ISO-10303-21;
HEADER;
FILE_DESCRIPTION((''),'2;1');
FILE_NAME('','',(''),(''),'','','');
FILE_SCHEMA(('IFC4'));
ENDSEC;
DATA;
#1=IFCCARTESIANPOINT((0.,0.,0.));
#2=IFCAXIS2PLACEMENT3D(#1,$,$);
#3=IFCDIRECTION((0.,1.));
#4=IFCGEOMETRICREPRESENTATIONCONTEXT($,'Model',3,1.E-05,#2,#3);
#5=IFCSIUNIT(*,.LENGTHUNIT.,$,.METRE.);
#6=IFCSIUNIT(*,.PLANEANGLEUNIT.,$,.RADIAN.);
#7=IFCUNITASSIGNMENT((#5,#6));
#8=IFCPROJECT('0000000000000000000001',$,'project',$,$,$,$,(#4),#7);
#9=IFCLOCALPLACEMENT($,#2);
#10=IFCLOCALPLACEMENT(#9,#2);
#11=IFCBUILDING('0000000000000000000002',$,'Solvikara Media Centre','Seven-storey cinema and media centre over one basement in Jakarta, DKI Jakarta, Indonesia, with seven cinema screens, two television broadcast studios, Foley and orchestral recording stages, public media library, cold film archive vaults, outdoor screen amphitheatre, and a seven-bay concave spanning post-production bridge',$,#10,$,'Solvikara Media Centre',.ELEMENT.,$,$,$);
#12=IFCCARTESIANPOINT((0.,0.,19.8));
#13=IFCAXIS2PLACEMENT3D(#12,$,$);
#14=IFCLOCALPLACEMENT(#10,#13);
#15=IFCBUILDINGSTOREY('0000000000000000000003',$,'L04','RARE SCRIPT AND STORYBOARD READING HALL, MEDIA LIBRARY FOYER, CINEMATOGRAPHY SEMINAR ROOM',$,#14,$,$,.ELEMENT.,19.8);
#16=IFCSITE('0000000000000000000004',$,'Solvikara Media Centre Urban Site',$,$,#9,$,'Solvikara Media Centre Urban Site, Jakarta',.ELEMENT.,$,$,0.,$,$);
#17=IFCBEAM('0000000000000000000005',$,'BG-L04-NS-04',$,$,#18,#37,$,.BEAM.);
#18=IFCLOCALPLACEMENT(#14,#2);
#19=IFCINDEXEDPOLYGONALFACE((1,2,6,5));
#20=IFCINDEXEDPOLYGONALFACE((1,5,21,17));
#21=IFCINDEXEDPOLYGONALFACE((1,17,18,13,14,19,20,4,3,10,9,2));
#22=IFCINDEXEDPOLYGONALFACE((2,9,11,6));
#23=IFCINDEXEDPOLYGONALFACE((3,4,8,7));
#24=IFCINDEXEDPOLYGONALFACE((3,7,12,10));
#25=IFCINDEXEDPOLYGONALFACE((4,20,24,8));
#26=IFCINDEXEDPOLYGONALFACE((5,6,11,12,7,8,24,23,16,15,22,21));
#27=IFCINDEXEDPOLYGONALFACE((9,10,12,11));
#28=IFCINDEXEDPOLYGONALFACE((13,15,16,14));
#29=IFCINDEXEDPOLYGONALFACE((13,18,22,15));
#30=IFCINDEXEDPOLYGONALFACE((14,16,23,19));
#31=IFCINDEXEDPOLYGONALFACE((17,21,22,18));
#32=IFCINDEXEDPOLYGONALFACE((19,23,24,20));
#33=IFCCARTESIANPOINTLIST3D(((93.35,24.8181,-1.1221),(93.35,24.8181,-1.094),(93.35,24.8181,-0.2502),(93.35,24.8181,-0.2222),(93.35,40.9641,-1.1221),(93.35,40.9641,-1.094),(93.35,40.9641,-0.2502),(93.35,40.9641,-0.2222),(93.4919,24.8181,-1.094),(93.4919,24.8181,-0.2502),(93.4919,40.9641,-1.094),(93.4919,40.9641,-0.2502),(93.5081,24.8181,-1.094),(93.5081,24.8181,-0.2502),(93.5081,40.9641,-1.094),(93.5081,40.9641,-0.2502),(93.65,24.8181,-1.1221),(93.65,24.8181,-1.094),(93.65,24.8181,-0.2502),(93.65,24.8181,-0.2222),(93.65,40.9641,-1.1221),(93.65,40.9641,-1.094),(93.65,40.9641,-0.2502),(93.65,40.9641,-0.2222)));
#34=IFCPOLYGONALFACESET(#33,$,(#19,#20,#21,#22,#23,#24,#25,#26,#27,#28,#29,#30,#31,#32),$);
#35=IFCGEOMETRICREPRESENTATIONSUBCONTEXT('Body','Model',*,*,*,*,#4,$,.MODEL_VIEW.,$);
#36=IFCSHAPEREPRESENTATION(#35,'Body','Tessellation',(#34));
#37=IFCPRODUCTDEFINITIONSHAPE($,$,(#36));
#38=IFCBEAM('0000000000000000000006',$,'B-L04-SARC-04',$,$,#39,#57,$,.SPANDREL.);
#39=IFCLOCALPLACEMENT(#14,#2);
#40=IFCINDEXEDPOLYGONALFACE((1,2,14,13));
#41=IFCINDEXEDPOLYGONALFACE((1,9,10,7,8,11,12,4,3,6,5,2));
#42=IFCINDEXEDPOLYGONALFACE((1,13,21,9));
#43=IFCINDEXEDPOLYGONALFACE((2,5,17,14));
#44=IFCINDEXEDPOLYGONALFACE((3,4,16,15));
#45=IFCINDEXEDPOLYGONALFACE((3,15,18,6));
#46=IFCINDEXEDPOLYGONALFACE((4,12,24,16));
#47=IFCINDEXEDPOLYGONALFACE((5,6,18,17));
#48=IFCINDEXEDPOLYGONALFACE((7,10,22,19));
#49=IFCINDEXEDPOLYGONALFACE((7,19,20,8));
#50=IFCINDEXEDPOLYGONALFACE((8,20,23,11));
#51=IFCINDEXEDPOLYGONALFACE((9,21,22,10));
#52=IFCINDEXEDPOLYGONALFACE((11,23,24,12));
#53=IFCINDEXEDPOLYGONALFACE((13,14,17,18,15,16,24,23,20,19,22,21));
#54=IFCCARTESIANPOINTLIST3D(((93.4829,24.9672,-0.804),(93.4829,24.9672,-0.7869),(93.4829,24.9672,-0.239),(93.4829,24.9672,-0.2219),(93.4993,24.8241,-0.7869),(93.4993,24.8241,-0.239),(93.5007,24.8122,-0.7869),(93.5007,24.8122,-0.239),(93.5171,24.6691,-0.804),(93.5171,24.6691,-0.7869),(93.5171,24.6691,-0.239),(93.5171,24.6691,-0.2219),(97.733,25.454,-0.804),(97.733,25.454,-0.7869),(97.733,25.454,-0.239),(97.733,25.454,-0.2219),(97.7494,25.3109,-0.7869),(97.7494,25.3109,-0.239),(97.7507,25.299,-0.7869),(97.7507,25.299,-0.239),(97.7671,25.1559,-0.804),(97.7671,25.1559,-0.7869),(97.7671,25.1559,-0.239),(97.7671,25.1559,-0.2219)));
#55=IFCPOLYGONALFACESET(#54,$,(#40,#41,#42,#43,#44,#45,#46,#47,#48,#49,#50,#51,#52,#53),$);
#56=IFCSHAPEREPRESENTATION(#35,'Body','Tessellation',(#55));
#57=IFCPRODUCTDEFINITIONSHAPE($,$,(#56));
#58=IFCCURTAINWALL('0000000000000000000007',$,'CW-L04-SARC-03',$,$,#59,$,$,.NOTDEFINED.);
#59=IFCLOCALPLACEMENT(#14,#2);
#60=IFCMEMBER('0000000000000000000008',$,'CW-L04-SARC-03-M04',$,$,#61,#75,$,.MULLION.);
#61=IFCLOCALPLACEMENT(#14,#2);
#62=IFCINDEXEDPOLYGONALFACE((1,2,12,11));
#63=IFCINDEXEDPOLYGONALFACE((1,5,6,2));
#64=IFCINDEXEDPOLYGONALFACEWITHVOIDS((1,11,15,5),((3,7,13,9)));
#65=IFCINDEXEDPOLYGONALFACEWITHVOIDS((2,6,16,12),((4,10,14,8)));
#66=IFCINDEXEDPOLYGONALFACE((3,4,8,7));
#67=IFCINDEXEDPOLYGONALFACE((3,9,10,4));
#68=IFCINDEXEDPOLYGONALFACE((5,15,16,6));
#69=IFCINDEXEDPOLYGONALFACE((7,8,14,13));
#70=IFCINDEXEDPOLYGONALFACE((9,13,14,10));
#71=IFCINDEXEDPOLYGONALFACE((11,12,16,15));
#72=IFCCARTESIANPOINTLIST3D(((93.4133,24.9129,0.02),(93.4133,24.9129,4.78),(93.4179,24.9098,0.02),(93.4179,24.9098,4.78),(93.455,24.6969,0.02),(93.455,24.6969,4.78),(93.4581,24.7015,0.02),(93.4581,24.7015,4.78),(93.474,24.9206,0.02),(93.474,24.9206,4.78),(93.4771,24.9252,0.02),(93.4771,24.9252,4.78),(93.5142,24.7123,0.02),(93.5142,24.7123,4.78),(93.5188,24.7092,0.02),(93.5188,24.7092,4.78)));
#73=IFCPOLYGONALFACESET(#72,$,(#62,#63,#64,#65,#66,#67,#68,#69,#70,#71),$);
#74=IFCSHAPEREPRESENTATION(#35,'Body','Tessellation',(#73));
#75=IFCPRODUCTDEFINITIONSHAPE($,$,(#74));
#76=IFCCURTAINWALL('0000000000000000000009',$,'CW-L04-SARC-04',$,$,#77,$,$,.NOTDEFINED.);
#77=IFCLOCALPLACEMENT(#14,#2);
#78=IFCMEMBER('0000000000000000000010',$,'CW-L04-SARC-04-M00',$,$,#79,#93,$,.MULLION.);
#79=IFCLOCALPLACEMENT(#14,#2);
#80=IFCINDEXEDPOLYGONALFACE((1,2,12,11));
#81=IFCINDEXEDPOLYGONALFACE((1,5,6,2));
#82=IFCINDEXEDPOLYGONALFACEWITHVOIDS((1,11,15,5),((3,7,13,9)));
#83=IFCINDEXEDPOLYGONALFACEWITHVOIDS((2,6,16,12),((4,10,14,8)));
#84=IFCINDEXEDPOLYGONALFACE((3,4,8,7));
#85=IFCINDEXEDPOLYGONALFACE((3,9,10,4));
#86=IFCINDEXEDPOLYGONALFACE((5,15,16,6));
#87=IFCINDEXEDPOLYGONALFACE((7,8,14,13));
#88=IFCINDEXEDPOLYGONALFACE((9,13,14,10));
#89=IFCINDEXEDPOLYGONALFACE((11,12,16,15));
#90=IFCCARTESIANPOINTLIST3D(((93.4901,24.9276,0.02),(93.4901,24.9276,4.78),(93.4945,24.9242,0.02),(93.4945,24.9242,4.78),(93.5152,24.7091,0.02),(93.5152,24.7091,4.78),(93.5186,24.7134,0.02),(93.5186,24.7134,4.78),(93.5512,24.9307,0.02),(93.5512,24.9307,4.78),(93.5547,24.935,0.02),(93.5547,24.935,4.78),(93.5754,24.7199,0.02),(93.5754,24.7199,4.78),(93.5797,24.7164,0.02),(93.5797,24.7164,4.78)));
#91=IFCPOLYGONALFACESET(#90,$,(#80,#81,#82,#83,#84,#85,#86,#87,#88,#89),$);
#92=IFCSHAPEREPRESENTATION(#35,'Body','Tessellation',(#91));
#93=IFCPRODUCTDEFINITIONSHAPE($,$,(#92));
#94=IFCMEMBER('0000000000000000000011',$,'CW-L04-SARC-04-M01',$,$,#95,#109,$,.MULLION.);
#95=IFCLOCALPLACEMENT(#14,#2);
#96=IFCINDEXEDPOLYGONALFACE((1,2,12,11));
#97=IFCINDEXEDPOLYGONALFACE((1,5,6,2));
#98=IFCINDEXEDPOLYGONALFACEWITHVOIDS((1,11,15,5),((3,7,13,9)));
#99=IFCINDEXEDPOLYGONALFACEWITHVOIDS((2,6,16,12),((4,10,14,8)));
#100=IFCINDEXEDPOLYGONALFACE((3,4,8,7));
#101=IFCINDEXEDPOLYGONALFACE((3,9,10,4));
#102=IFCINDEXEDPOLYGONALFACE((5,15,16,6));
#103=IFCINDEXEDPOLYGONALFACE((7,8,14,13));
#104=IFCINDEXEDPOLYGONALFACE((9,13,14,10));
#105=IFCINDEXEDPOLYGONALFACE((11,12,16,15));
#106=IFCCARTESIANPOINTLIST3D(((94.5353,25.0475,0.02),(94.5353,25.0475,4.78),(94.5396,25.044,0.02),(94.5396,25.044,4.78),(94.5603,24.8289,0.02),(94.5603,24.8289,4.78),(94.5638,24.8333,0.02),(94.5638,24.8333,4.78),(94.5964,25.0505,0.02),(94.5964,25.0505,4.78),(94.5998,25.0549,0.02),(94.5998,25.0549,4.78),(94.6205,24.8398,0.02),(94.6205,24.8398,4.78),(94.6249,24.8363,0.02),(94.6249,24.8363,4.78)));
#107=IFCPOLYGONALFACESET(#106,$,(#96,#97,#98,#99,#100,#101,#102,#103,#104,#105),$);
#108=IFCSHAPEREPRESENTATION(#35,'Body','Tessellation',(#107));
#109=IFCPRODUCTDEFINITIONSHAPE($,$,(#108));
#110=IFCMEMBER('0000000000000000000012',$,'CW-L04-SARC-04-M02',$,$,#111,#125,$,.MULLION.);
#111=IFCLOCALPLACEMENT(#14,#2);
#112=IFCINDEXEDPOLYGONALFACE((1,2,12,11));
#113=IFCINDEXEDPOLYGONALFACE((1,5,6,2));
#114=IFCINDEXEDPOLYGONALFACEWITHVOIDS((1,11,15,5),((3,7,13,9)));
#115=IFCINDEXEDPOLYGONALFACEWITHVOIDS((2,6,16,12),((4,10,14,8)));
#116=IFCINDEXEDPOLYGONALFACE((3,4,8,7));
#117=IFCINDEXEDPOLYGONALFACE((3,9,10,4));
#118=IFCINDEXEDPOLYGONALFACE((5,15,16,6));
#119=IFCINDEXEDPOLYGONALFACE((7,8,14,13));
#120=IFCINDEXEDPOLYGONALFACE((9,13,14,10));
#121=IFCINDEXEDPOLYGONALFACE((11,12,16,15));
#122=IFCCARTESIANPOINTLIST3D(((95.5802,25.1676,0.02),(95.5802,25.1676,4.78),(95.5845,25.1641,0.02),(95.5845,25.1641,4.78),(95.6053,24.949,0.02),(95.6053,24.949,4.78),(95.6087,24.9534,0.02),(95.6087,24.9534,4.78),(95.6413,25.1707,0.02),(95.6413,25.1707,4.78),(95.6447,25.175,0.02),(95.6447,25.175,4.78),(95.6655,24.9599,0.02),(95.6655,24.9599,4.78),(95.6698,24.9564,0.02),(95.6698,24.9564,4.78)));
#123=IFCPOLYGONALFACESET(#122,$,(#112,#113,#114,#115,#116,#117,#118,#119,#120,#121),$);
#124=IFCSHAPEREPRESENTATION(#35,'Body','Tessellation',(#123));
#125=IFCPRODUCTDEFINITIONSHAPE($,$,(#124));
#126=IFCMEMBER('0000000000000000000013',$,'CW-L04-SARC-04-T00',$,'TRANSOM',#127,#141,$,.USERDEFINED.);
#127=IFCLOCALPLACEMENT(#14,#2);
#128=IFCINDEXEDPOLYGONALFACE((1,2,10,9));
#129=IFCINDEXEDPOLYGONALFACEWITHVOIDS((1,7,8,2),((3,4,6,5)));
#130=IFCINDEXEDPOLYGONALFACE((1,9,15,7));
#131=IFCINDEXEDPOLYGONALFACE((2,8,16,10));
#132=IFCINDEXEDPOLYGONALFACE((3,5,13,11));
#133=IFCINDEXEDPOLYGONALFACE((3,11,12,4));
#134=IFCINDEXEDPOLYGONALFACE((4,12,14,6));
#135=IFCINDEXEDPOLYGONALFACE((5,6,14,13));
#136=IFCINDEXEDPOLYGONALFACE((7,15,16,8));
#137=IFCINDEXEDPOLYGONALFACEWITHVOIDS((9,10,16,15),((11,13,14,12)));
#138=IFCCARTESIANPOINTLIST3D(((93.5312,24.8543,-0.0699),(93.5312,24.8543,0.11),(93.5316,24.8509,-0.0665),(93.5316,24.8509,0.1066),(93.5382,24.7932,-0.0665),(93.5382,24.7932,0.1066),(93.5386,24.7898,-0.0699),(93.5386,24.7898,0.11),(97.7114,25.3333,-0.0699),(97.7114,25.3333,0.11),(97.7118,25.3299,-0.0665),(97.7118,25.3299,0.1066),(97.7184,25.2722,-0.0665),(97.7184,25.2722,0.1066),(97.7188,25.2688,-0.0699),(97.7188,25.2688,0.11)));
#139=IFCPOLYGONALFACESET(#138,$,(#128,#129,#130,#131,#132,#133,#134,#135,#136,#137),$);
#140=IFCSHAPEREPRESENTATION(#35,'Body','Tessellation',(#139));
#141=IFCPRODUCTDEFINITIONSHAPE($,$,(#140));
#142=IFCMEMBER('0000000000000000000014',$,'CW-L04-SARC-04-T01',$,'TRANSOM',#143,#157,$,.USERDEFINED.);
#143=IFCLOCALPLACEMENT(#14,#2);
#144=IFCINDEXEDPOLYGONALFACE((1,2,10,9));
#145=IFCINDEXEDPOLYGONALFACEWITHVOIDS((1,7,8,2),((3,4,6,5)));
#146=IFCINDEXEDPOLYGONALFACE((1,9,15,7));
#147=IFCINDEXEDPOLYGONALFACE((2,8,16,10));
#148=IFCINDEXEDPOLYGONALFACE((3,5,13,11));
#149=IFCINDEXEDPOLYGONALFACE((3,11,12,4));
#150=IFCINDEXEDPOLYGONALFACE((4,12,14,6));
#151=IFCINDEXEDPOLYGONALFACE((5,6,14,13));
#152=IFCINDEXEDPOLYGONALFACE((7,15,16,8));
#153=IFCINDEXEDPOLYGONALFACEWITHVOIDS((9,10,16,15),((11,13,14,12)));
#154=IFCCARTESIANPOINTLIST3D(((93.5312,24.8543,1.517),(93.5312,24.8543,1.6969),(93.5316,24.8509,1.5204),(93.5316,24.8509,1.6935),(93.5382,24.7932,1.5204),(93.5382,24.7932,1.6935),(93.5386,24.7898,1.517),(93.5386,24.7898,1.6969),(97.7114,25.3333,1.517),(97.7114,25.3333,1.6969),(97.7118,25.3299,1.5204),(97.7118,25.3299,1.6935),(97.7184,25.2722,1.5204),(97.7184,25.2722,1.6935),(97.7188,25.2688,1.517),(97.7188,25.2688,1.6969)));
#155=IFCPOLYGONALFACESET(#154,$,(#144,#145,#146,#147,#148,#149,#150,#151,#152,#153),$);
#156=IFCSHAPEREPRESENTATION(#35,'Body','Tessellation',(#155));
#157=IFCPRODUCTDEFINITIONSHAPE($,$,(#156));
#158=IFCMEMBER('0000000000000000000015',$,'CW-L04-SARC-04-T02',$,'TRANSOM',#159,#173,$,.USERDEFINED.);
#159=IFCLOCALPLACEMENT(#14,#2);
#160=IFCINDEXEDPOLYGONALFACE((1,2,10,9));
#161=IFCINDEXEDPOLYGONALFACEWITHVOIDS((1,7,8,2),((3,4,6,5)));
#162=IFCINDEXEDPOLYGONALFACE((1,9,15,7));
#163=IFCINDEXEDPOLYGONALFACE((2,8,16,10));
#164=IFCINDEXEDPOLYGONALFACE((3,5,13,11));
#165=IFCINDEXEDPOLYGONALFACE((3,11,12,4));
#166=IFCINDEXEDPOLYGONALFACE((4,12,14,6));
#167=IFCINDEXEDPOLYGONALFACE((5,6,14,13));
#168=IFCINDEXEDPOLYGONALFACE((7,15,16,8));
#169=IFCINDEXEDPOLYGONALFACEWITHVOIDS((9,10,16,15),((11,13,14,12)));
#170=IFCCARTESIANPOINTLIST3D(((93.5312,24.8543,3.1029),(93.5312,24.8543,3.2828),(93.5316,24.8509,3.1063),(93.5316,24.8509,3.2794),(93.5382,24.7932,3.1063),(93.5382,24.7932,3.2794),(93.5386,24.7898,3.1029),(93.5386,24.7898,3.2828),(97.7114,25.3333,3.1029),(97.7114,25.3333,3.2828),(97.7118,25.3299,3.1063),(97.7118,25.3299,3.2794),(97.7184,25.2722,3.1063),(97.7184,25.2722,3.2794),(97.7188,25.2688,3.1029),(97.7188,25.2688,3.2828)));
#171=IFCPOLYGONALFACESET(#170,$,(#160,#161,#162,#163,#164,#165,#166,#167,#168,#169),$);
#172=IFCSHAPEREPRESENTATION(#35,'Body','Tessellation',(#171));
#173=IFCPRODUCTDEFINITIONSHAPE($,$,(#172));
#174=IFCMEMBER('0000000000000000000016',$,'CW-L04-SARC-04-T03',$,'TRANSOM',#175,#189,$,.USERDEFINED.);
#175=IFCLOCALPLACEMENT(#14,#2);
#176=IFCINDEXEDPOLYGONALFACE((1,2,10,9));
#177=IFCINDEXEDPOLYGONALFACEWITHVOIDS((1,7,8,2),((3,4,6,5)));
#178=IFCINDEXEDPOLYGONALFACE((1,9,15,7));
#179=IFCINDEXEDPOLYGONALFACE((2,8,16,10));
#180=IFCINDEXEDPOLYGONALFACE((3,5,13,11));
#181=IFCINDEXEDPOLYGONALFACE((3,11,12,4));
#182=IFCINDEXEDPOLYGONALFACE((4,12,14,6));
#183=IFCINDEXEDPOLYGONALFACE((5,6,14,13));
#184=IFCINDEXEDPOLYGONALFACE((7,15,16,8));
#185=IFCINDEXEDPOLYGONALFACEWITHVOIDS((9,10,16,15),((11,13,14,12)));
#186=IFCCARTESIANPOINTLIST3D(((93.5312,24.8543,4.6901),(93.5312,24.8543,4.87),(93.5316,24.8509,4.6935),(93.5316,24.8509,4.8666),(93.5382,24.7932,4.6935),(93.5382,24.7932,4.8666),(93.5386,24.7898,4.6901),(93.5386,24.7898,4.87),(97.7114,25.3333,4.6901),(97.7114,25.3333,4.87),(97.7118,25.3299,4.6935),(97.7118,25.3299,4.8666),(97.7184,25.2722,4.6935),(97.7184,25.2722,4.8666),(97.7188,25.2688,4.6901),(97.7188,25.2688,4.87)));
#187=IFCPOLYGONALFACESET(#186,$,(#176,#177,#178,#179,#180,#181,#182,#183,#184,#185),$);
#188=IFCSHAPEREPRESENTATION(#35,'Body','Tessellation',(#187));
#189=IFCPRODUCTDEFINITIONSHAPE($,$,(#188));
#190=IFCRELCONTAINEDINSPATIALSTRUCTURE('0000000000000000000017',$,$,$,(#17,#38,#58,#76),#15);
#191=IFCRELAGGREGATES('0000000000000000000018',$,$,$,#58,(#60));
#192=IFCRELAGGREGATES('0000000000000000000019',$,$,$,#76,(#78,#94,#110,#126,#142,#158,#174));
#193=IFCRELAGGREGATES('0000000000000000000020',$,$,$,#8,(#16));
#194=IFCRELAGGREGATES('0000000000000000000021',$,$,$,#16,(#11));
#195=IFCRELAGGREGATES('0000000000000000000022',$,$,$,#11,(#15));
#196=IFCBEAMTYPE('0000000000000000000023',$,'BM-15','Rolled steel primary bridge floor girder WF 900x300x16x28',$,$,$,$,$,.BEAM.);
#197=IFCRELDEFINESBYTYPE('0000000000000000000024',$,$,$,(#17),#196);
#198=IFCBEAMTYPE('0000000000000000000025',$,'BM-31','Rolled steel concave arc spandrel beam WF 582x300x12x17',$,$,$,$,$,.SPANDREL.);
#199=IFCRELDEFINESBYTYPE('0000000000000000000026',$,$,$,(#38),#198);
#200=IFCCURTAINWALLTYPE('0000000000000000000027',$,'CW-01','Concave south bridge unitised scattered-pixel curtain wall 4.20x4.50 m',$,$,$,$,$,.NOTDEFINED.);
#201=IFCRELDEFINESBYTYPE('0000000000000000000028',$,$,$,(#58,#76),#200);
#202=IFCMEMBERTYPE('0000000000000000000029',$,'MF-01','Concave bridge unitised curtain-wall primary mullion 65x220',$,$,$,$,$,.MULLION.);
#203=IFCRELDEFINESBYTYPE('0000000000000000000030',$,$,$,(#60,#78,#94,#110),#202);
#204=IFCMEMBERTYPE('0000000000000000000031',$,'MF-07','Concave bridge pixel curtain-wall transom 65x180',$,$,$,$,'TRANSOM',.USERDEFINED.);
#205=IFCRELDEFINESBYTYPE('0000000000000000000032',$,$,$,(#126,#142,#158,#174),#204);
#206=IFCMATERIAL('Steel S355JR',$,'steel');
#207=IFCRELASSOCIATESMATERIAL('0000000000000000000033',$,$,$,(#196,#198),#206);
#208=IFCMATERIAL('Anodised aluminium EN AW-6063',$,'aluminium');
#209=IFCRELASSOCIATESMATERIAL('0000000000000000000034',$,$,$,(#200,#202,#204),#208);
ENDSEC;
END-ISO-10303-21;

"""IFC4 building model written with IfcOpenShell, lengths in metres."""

from ifc_helpers import new_model, si_unit, direction, frame, origin, origin_2d, place, context, subcontext, project, spatial, hollow_rectangle, i_section, extrude, material, material_profile, profile_set, type_object, element, aggregate, save


model = new_model("IFC4")

# Units and contexts
model_context = context("Model", 3, precision=1e-05, world=origin(), true_north=direction((0.0, 1.0)))
body_context = subcontext(model_context, "Body", "Model", "MODEL_VIEW")
ifc_project = project(units=[si_unit("LENGTHUNIT", "METRE"), si_unit("PLANEANGLEUNIT", "RADIAN")], contexts=[model_context])

# Site, building, storey
site_placement = place(None, origin())
site = spatial("IfcSite", under=ifc_project, at=site_placement, Name="Solvikara Media Centre Urban Site", LongName="Solvikara Media Centre Urban Site, Jakarta", CompositionType="ELEMENT", RefElevation=0.0)
building_placement = place(site_placement, origin())
building = spatial("IfcBuilding", under=site, at=building_placement, Name="Solvikara Media Centre", Description="Seven-storey cinema and media centre over one basement in Jakarta, DKI Jakarta, Indonesia, with seven cinema screens, two television broadcast studios, Foley and orchestral recording stages, public media library, cold film archive vaults, outdoor screen amphitheatre, and a seven-bay concave spanning post-production bridge", LongName="Solvikara Media Centre", CompositionType="ELEMENT")
storey_placement = place(building_placement, frame((0.0, 0.0, 19.8)))
storey = spatial("IfcBuildingStorey", under=building, at=storey_placement, Name="L04", Description="RARE SCRIPT AND STORYBOARD READING HALL, MEDIA LIBRARY FOYER, CINEMATOGRAPHY SEMINAR ROOM", CompositionType="ELEMENT", Elevation=19.8)

# Beams
ifc_material_1 = material(Name="Steel S355JR", Category="steel")
ifc_material_profile_1 = material_profile(ifc_material_1, i_section(OverallWidth=0.3, OverallDepth=0.8999, WebThickness=0.0161, FlangeThickness=0.0281, at=origin_2d()), Name="WF 900x300x16x28")
ifc_profile_set_1 = profile_set([ifc_material_profile_1], Name="Steel S355JR")
beam_type_1 = type_object("IfcBeamType", Name="BM-15", Description="Rolled steel primary bridge floor girder WF 900x300x16x28", PredefinedType="BEAM", material=ifc_profile_set_1)
beam_1_placement = place(storey_placement, frame((93.5, 24.8181, -0.6721), z_axis=(0.0, 1.0, 0.0), x_axis=(-1.0, 0.0, 0.0)))
element("IfcBeam", 1, at=beam_1_placement, inside=storey, type_object=beam_type_1, Name="BG-L04-NS-04", PredefinedType="BEAM", context=body_context, shape_type="SweptSolid", body=[
    extrude(i_section(OverallWidth=0.3, OverallDepth=0.8999, WebThickness=0.0161, FlangeThickness=0.0281, at=origin_2d()), origin(), (0.0, 0.0, 1.0), 16.146),
])
ifc_material_profile_2 = material_profile(ifc_material_1, i_section(OverallWidth=0.3, OverallDepth=0.582, WebThickness=0.012, FlangeThickness=0.0171, at=origin_2d()), Name="WF 582x300x12x17")
ifc_profile_set_2 = profile_set([ifc_material_profile_2], Name="Steel S355JR")
beam_type_2 = type_object("IfcBeamType", Name="BM-31", Description="Rolled steel concave arc spandrel beam WF 582x300x12x17", PredefinedType="SPANDREL", material=ifc_profile_set_2)
beam_2_placement = place(storey_placement, frame((93.5, 24.8181, -0.5129), z_axis=(0.993504, 0.113801, 0.0), x_axis=(-0.113801, 0.993504, 0.0)))
element("IfcBeam", 2, at=beam_2_placement, inside=storey, type_object=beam_type_2, Name="B-L04-SARC-04", PredefinedType="SPANDREL", context=body_context, shape_type="SweptSolid", body=[
    extrude(i_section(OverallWidth=0.3, OverallDepth=0.582, WebThickness=0.012, FlangeThickness=0.0171, at=origin_2d()), origin(), (0.0, 0.0, 1.0), 4.2778),
])

# Curtain wall, member
ifc_material_2 = material(Name="Anodised aluminium EN AW-6063", Category="aluminium")
curtain_wall_type = type_object("IfcCurtainWallType", Name="CW-01", Description="Concave south bridge unitised scattered-pixel curtain wall 4.20x4.50 m", PredefinedType="NOTDEFINED", material=ifc_material_2)
curtain_wall_1_placement = place(storey_placement, origin())
curtain_wall_1 = element("IfcCurtainWall", 3, at=curtain_wall_1_placement, inside=storey, type_object=curtain_wall_type, Name="CW-L04-SARC-03", PredefinedType="NOTDEFINED")
ifc_material_profile_3 = material_profile(ifc_material_2, hollow_rectangle(XDim=0.0649, YDim=0.22, WallThickness=0.0039, at=origin_2d()), Name="ALU-M 65x220x4")
ifc_profile_set_3 = profile_set([ifc_material_profile_3], Name="Anodised aluminium EN AW-6063")
member_type_1 = type_object("IfcMemberType", Name="MF-01", Description="Concave bridge unitised curtain-wall primary mullion 65x220", PredefinedType="MULLION", material=ifc_profile_set_3)
member_1_placement = place(storey_placement, frame((93.4661, 24.811, 0.02), z_axis=(0.0, 0.0, 1.0), x_axis=(0.981843, 0.189695, 0.0)))
member_1 = element("IfcMember", 4, at=member_1_placement, type_object=member_type_1, Name="CW-L04-SARC-03-M04", PredefinedType="MULLION", context=body_context, shape_type="SweptSolid", body=[
    extrude(hollow_rectangle(XDim=0.0649, YDim=0.22, WallThickness=0.0039, at=origin_2d()), origin(), (0.0, 0.0, 1.0), 4.76),
])

# Curtain wall, members
curtain_wall_2_placement = place(storey_placement, origin())
curtain_wall_2 = element("IfcCurtainWall", 5, at=curtain_wall_2_placement, inside=storey, type_object=curtain_wall_type, Name="CW-L04-SARC-04", PredefinedType="NOTDEFINED")
member_2_placement = place(storey_placement, frame((93.5349, 24.822, 0.02), z_axis=(0.0, 0.0, 1.0), x_axis=(0.993499, 0.113845, 0.0)))
member_2 = element("IfcMember", 6, at=member_2_placement, type_object=member_type_1, Name="CW-L04-SARC-04-M00", PredefinedType="MULLION", context=body_context, shape_type="SweptSolid", body=[
    extrude(hollow_rectangle(XDim=0.0649, YDim=0.22, WallThickness=0.0039, at=origin_2d()), origin(), (0.0, 0.0, 1.0), 4.76),
])
member_3_placement = place(storey_placement, frame((94.5801, 24.9419, 0.02), z_axis=(0.0, 0.0, 1.0), x_axis=(0.993499, 0.113845, 0.0)))
member_3 = element("IfcMember", 7, at=member_3_placement, type_object=member_type_1, Name="CW-L04-SARC-04-M01", PredefinedType="MULLION", context=body_context, shape_type="SweptSolid", body=[
    extrude(hollow_rectangle(XDim=0.0649, YDim=0.22, WallThickness=0.0039, at=origin_2d()), origin(), (0.0, 0.0, 1.0), 4.76),
])
member_4_placement = place(storey_placement, frame((95.625, 25.062, 0.02), z_axis=(0.0, 0.0, 1.0), x_axis=(0.993499, 0.113845, 0.0)))
member_4 = element("IfcMember", 8, at=member_4_placement, type_object=member_type_1, Name="CW-L04-SARC-04-M02", PredefinedType="MULLION", context=body_context, shape_type="SweptSolid", body=[
    extrude(hollow_rectangle(XDim=0.0649, YDim=0.22, WallThickness=0.0039, at=origin_2d()), origin(), (0.0, 0.0, 1.0), 4.76),
])
ifc_material_profile_4 = material_profile(ifc_material_2, hollow_rectangle(XDim=0.0649, YDim=0.1799, WallThickness=0.0034, at=origin_2d()), Name="ALU-T 65x180x3.5")
ifc_profile_set_4 = profile_set([ifc_material_profile_4], Name="Anodised aluminium EN AW-6063")
member_type_2 = type_object("IfcMemberType", Name="MF-07", Description="Concave bridge pixel curtain-wall transom 65x180", ElementType="TRANSOM", PredefinedType="USERDEFINED", material=ifc_profile_set_4)
member_5_placement = place(storey_placement, frame((93.5349, 24.822, 0.02), z_axis=(0.993499, 0.113844, 0.0), x_axis=(-0.113844, 0.993499, 0.0)))
member_5 = element("IfcMember", 9, at=member_5_placement, type_object=member_type_2, Name="CW-L04-SARC-04-T00", ObjectType="TRANSOM", PredefinedType="USERDEFINED", context=body_context, shape_type="SweptSolid", body=[
    extrude(hollow_rectangle(XDim=0.0649, YDim=0.1799, WallThickness=0.0034, at=origin_2d()), origin(), (0.0, 0.0, 1.0), 4.2075),
])
member_6_placement = place(storey_placement, frame((93.5349, 24.822, 1.6069), z_axis=(0.993499, 0.113844, 0.0), x_axis=(-0.113844, 0.993499, 0.0)))
member_6 = element("IfcMember", 10, at=member_6_placement, type_object=member_type_2, Name="CW-L04-SARC-04-T01", ObjectType="TRANSOM", PredefinedType="USERDEFINED", context=body_context, shape_type="SweptSolid", body=[
    extrude(hollow_rectangle(XDim=0.0649, YDim=0.1799, WallThickness=0.0034, at=origin_2d()), origin(), (0.0, 0.0, 1.0), 4.2075),
])
member_7_placement = place(storey_placement, frame((93.5349, 24.822, 3.1929), z_axis=(0.993499, 0.113844, 0.0), x_axis=(-0.113844, 0.993499, 0.0)))
member_7 = element("IfcMember", 11, at=member_7_placement, type_object=member_type_2, Name="CW-L04-SARC-04-T02", ObjectType="TRANSOM", PredefinedType="USERDEFINED", context=body_context, shape_type="SweptSolid", body=[
    extrude(hollow_rectangle(XDim=0.0649, YDim=0.1799, WallThickness=0.0034, at=origin_2d()), origin(), (0.0, 0.0, 1.0), 4.2075),
])
member_8_placement = place(storey_placement, frame((93.5349, 24.822, 4.78), z_axis=(0.993499, 0.113844, 0.0), x_axis=(-0.113844, 0.993499, 0.0)))
member_8 = element("IfcMember", 12, at=member_8_placement, type_object=member_type_2, Name="CW-L04-SARC-04-T03", ObjectType="TRANSOM", PredefinedType="USERDEFINED", context=body_context, shape_type="SweptSolid", body=[
    extrude(hollow_rectangle(XDim=0.0649, YDim=0.1799, WallThickness=0.0034, at=origin_2d()), origin(), (0.0, 0.0, 1.0), 4.2075),
])

aggregate(curtain_wall_1, [member_1])
aggregate(curtain_wall_2, [member_2, member_3, member_4, member_5, member_6, member_7, member_8])

save(model, "model.ifc")
